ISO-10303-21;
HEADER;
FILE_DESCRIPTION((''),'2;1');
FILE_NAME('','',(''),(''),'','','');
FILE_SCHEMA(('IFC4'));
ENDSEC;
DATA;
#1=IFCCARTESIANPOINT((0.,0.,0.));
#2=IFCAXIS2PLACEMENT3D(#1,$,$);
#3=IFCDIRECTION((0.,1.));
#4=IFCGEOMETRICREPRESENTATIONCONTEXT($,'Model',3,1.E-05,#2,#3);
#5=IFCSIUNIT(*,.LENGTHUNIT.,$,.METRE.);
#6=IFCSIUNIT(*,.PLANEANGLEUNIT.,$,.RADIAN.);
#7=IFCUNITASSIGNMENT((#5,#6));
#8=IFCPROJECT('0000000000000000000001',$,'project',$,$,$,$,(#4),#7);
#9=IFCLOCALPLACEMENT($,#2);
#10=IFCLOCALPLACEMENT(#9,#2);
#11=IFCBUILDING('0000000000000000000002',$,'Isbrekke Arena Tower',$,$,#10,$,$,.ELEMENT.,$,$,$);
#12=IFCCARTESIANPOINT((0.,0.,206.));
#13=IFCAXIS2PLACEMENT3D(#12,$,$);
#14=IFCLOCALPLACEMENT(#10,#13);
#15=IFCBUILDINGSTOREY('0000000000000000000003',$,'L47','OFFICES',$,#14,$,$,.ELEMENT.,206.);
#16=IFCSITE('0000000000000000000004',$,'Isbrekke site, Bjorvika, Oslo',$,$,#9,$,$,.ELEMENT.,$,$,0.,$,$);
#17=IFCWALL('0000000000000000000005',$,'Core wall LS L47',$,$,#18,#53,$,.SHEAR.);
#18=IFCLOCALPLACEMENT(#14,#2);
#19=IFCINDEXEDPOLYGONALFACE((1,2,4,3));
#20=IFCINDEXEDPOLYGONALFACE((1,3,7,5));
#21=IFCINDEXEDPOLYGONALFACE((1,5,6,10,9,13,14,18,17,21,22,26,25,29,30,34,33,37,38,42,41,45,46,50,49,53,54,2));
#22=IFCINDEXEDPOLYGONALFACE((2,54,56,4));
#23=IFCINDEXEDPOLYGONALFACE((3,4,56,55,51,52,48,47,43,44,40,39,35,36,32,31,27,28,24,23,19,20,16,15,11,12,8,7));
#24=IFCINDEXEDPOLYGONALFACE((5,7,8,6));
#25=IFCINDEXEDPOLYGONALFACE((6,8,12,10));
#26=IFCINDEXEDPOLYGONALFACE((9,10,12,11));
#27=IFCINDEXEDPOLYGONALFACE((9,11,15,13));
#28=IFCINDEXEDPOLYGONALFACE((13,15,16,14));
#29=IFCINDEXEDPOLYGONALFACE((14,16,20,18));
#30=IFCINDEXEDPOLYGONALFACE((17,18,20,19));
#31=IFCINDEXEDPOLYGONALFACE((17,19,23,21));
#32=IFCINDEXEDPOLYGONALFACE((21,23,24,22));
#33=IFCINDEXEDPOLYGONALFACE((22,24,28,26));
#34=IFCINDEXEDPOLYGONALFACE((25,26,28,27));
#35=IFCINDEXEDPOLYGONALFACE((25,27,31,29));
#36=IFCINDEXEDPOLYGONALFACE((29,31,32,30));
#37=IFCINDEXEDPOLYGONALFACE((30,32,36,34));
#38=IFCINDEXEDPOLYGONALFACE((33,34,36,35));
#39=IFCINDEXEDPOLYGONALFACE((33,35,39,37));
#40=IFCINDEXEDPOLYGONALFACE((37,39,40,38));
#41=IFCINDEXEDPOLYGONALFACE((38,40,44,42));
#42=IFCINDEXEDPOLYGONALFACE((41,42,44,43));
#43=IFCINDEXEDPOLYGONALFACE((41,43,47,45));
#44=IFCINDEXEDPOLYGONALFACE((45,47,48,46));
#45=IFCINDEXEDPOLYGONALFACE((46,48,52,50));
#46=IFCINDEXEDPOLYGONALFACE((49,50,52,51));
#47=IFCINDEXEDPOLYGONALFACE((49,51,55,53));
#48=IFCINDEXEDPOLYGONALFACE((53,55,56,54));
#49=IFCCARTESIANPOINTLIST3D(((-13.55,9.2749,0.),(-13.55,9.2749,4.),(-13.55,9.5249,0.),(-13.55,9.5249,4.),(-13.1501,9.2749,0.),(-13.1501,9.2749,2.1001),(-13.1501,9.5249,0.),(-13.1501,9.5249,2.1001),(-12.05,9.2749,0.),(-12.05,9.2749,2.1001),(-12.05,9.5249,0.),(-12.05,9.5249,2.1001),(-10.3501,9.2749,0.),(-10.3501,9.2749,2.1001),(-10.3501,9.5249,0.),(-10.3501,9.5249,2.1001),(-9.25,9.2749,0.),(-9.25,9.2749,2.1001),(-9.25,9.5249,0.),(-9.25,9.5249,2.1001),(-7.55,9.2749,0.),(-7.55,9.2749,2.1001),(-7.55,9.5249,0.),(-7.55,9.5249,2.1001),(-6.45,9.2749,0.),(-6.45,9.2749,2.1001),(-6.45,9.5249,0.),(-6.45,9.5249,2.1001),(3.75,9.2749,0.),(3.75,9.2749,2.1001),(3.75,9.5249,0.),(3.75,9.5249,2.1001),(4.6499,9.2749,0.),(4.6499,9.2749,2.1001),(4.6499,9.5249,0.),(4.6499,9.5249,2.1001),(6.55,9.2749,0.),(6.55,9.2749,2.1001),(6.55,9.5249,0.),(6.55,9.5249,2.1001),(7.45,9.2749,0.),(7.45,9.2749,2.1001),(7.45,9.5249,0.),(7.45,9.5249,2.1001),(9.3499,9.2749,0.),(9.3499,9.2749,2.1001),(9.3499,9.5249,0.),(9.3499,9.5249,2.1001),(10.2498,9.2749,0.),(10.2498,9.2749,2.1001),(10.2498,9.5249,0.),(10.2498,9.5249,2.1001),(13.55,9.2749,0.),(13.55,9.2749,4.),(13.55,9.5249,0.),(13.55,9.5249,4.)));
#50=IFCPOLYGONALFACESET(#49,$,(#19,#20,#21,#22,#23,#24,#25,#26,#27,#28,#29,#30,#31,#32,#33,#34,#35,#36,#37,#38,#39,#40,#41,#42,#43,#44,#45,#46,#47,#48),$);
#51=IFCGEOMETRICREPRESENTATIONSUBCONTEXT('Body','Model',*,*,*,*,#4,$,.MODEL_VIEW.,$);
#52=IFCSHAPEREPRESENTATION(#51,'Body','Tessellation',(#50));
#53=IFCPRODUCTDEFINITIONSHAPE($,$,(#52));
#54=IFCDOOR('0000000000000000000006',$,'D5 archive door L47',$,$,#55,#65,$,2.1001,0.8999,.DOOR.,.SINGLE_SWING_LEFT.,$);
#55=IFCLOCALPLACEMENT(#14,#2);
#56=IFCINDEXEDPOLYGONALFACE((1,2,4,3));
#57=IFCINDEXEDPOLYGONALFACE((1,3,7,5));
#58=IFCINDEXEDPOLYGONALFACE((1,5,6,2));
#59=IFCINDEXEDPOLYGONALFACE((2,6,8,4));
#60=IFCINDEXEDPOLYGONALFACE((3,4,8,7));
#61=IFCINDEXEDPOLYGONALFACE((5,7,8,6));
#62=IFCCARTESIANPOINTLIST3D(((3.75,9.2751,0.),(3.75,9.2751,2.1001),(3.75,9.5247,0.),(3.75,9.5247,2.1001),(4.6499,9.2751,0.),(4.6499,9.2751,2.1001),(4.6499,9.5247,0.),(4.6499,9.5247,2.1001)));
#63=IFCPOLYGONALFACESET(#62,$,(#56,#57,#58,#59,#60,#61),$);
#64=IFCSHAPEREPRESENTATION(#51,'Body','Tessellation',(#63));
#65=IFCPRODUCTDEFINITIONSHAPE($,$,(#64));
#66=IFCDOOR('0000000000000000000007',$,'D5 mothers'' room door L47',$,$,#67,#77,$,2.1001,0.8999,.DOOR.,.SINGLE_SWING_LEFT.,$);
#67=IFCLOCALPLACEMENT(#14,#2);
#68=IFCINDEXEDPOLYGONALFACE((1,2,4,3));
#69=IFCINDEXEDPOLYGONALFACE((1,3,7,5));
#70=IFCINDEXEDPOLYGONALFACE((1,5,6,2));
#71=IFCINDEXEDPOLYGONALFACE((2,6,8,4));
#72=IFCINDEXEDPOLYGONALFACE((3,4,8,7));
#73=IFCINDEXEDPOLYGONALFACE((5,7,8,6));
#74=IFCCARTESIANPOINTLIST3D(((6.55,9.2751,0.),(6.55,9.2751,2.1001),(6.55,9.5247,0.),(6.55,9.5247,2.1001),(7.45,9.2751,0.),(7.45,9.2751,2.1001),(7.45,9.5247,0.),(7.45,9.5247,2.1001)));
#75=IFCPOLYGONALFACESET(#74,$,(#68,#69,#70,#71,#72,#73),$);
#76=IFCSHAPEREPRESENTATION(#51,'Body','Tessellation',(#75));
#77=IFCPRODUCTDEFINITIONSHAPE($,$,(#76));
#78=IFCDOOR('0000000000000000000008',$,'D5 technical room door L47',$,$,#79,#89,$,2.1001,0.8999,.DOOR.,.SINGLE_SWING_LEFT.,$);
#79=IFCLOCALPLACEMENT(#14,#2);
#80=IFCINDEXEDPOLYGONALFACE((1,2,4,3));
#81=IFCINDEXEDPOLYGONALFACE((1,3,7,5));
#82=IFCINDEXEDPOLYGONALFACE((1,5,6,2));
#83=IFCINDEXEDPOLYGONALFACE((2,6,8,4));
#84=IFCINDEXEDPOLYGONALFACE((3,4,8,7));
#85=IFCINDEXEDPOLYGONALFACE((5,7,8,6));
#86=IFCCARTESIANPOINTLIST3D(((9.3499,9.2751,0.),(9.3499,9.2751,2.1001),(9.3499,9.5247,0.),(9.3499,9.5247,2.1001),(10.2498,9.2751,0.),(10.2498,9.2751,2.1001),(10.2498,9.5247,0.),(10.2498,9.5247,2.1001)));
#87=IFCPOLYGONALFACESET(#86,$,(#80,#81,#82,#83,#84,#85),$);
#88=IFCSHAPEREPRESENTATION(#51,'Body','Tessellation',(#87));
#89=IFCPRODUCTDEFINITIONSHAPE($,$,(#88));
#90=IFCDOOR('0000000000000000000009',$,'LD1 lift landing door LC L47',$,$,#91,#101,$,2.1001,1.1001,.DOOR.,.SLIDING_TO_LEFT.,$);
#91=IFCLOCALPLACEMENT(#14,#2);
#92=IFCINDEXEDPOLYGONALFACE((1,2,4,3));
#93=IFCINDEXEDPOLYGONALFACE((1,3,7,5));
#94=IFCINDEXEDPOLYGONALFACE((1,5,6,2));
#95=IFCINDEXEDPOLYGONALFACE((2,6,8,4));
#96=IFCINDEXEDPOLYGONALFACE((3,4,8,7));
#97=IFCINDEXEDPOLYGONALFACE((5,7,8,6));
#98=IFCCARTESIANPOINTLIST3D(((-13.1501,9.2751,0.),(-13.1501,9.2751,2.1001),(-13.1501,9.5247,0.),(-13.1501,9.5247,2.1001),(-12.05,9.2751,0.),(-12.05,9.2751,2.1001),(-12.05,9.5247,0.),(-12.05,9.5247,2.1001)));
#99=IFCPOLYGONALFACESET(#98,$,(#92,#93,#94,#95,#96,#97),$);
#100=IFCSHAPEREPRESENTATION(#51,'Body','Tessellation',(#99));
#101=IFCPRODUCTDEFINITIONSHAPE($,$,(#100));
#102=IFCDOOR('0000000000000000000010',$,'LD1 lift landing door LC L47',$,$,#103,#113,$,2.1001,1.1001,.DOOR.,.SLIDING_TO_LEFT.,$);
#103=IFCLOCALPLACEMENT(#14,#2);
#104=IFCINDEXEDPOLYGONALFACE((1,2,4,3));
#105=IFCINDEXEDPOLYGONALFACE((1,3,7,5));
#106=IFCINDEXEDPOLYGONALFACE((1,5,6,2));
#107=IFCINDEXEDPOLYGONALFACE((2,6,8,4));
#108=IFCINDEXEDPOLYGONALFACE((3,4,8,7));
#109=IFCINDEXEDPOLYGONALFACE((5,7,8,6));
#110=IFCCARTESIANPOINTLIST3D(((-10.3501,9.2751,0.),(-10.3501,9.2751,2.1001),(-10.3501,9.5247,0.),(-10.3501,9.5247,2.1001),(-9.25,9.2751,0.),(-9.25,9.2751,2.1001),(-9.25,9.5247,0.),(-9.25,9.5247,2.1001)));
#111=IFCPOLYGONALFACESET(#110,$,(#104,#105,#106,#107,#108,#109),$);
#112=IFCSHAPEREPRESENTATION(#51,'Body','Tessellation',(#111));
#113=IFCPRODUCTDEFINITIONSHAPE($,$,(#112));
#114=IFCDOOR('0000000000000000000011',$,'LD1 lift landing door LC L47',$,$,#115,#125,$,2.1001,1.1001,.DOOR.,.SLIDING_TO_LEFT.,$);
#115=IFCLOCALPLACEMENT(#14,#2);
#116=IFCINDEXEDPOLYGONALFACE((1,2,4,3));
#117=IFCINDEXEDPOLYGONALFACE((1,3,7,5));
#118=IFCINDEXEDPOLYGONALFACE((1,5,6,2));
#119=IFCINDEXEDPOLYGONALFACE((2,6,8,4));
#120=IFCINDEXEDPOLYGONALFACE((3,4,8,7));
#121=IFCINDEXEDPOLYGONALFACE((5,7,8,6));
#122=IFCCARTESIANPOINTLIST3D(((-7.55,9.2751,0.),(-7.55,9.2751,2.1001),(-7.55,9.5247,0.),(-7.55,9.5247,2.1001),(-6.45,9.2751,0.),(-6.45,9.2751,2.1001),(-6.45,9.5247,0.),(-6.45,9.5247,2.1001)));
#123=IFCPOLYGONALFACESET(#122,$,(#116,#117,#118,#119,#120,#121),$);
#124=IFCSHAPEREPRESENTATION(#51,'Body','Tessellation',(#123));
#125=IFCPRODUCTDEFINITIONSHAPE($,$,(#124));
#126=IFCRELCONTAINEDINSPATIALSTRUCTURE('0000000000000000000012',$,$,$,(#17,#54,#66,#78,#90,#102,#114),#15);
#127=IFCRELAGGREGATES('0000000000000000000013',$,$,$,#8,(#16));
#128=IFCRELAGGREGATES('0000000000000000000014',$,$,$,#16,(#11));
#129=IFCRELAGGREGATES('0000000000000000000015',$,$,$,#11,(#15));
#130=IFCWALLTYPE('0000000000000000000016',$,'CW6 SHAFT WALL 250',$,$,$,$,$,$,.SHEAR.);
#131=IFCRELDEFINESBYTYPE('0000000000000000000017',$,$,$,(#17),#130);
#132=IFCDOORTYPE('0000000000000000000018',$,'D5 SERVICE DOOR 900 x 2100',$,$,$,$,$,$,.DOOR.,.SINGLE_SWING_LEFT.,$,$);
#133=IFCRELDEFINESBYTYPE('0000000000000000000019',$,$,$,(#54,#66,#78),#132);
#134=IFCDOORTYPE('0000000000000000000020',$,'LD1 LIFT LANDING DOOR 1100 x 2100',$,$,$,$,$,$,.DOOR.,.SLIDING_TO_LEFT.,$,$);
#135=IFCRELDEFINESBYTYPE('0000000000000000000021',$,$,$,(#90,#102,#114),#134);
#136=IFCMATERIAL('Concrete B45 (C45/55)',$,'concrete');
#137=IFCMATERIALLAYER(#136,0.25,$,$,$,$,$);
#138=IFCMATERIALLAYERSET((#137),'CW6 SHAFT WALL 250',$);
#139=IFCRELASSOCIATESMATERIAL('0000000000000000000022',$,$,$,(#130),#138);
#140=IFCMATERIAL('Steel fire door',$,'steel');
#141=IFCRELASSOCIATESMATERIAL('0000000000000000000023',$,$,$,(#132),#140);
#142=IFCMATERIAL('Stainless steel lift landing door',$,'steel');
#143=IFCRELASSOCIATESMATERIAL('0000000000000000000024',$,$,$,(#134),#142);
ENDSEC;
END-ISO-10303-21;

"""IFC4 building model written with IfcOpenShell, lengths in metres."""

from ifc_helpers import new_model, si_unit, direction, frame, frame_2d, origin, place, context, subcontext, project, spatial, rectangle, extrude, material, layer, layer_set, type_object, element, fill, save


model = new_model("IFC4")

# Units and contexts
model_context = context("Model", 3, precision=1e-05, world=origin(), true_north=direction((0.0, 1.0)))
body_context = subcontext(model_context, "Body", "Model", "MODEL_VIEW")
ifc_project = project(units=[si_unit("LENGTHUNIT", "METRE"), si_unit("PLANEANGLEUNIT", "RADIAN")], contexts=[model_context])

# Site, building, storey
site_placement = place(None, origin())
site = spatial("IfcSite", under=ifc_project, at=site_placement, Name="Isbrekke site, Bjorvika, Oslo", CompositionType="ELEMENT", RefElevation=0.0)
building_placement = place(site_placement, origin())
building = spatial("IfcBuilding", under=site, at=building_placement, Name="Isbrekke Arena Tower", CompositionType="ELEMENT")
storey_placement = place(building_placement, frame((0.0, 0.0, 206.0)))
storey = spatial("IfcBuildingStorey", under=building, at=storey_placement, Name="L47", Description="OFFICES", CompositionType="ELEMENT", Elevation=206.0)

# Wall, openings, doors
ifc_material_1 = material(Name="Concrete B45 (C45/55)", Category="concrete")
ifc_layer_1 = layer(ifc_material_1, 0.25)
ifc_layer_set_1 = layer_set([ifc_layer_1], Name="CW6 SHAFT WALL 250")
wall_type_1 = type_object("IfcWallType", Name="CW6 SHAFT WALL 250", PredefinedType="SHEAR", material=ifc_layer_set_1)
wall_1_placement = place(storey_placement, frame((-13.55, 9.3999, 0.0), z_axis=(0.0, 0.0, 1.0), x_axis=(1.0, 0.0, 0.0)))
wall_1 = element("IfcWall", 1, at=wall_1_placement, inside=storey, type_object=wall_type_1, Name="Core wall LS L47", PredefinedType="SHEAR", context=body_context, shape_type="SweptSolid", body=[
    extrude(rectangle(XDim=27.1001, YDim=0.25, at=frame_2d((13.55, 0.0))), origin(), (0.0, 0.0, 1.0), 4.0),
])
opening_1_placement = place(wall_1_placement, frame((0.3999, 0.0, 0.0)))
opening_1 = element("IfcOpeningElement", 2, at=opening_1_placement, cuts=wall_1, PredefinedType="OPENING", context=body_context, shape_type="SweptSolid", body=[
    extrude(rectangle(XDim=1.1001, YDim=2.1001, at=frame_2d((0.55, 1.05))), frame((0.0, 0.1399, 0.0), z_axis=(0.0, -1.0, 0.0), x_axis=(1.0, 0.0, 0.0)), (0.0, 0.0, 1.0), 0.2798),
])
opening_2_placement = place(wall_1_placement, frame((3.2, 0.0, 0.0)))
opening_2 = element("IfcOpeningElement", 3, at=opening_2_placement, cuts=wall_1, PredefinedType="OPENING", context=body_context, shape_type="SweptSolid", body=[
    extrude(rectangle(XDim=1.1001, YDim=2.1001, at=frame_2d((0.55, 1.05))), frame((0.0, 0.1399, 0.0), z_axis=(0.0, -1.0, 0.0), x_axis=(1.0, 0.0, 0.0)), (0.0, 0.0, 1.0), 0.2798),
])
opening_3_placement = place(wall_1_placement, frame((6.0, 0.0, 0.0)))
opening_3 = element("IfcOpeningElement", 4, at=opening_3_placement, cuts=wall_1, PredefinedType="OPENING", context=body_context, shape_type="SweptSolid", body=[
    extrude(rectangle(XDim=1.1001, YDim=2.1001, at=frame_2d((0.55, 1.05))), frame((0.0, 0.1399, 0.0), z_axis=(0.0, -1.0, 0.0), x_axis=(1.0, 0.0, 0.0)), (0.0, 0.0, 1.0), 0.2798),
])
opening_4_placement = place(wall_1_placement, frame((17.3, 0.0, 0.0)))
opening_4 = element("IfcOpeningElement", 5, at=opening_4_placement, cuts=wall_1, PredefinedType="OPENING", context=body_context, shape_type="SweptSolid", body=[
    extrude(rectangle(XDim=0.8999, YDim=2.1001, at=frame_2d((0.45, 1.05))), frame((0.0, 0.1399, 0.0), z_axis=(0.0, -1.0, 0.0), x_axis=(1.0, 0.0, 0.0)), (0.0, 0.0, 1.0), 0.2798),
])
opening_5_placement = place(wall_1_placement, frame((20.1001, 0.0, 0.0)))
opening_5 = element("IfcOpeningElement", 6, at=opening_5_placement, cuts=wall_1, PredefinedType="OPENING", context=body_context, shape_type="SweptSolid", body=[
    extrude(rectangle(XDim=0.8999, YDim=2.1001, at=frame_2d((0.45, 1.05))), frame((0.0, 0.1399, 0.0), z_axis=(0.0, -1.0, 0.0), x_axis=(1.0, 0.0, 0.0)), (0.0, 0.0, 1.0), 0.2798),
])
opening_6_placement = place(wall_1_placement, frame((22.8999, 0.0, 0.0)))
opening_6 = element("IfcOpeningElement", 7, at=opening_6_placement, cuts=wall_1, PredefinedType="OPENING", context=body_context, shape_type="SweptSolid", body=[
    extrude(rectangle(XDim=0.8999, YDim=2.1001, at=frame_2d((0.45, 1.05))), frame((0.0, 0.1399, 0.0), z_axis=(0.0, -1.0, 0.0), x_axis=(1.0, 0.0, 0.0)), (0.0, 0.0, 1.0), 0.2798),
])
ifc_material_2 = material(Name="Steel fire door", Category="steel")
door_type_1 = type_object("IfcDoorType", Name="D5 SERVICE DOOR 900 x 2100", OperationType="SINGLE_SWING_LEFT", PredefinedType="DOOR", material=ifc_material_2)
door_1_placement = place(opening_4_placement, origin())
door_1 = element("IfcDoor", 8, at=door_1_placement, inside=storey, type_object=door_type_1, Name="D5 archive door L47", OperationType="SINGLE_SWING_LEFT", OverallHeight=2.1001, OverallWidth=0.8999, PredefinedType="DOOR", context=body_context, shape_type="SweptSolid", body=[
    extrude(rectangle(XDim=0.8999, YDim=2.1001, at=frame_2d((0.45, 1.05))), frame((0.0, 0.1248, 0.0), z_axis=(0.0, -1.0, 0.0), x_axis=(1.0, 0.0, 0.0)), (0.0, 0.0, 1.0), 0.2495),
])
fill(opening_4, door_1)
door_2_placement = place(opening_5_placement, origin())
door_2 = element("IfcDoor", 9, at=door_2_placement, inside=storey, type_object=door_type_1, Name="D5 mothers' room door L47", OperationType="SINGLE_SWING_LEFT", OverallHeight=2.1001, OverallWidth=0.8999, PredefinedType="DOOR", context=body_context, shape_type="SweptSolid", body=[
    extrude(rectangle(XDim=0.8999, YDim=2.1001, at=frame_2d((0.45, 1.05))), frame((0.0, 0.1248, 0.0), z_axis=(0.0, -1.0, 0.0), x_axis=(1.0, 0.0, 0.0)), (0.0, 0.0, 1.0), 0.2495),
])
fill(opening_5, door_2)
door_3_placement = place(opening_6_placement, origin())
door_3 = element("IfcDoor", 10, at=door_3_placement, inside=storey, type_object=door_type_1, Name="D5 technical room door L47", OperationType="SINGLE_SWING_LEFT", OverallHeight=2.1001, OverallWidth=0.8999, PredefinedType="DOOR", context=body_context, shape_type="SweptSolid", body=[
    extrude(rectangle(XDim=0.8999, YDim=2.1001, at=frame_2d((0.45, 1.05))), frame((0.0, 0.1248, 0.0), z_axis=(0.0, -1.0, 0.0), x_axis=(1.0, 0.0, 0.0)), (0.0, 0.0, 1.0), 0.2495),
])
fill(opening_6, door_3)
ifc_material_3 = material(Name="Stainless steel lift landing door", Category="steel")
door_type_2 = type_object("IfcDoorType", Name="LD1 LIFT LANDING DOOR 1100 x 2100", OperationType="SLIDING_TO_LEFT", PredefinedType="DOOR", material=ifc_material_3)
door_4_placement = place(opening_1_placement, origin())
door_4 = element("IfcDoor", 11, at=door_4_placement, inside=storey, type_object=door_type_2, Name="LD1 lift landing door LC L47", OperationType="SLIDING_TO_LEFT", OverallHeight=2.1001, OverallWidth=1.1001, PredefinedType="DOOR", context=body_context, shape_type="SweptSolid", body=[
    extrude(rectangle(XDim=1.1001, YDim=2.1001, at=frame_2d((0.55, 1.05))), frame((0.0, 0.1248, 0.0), z_axis=(0.0, -1.0, 0.0), x_axis=(1.0, 0.0, 0.0)), (0.0, 0.0, 1.0), 0.2495),
])
fill(opening_1, door_4)
door_5_placement = place(opening_2_placement, origin())
door_5 = element("IfcDoor", 12, at=door_5_placement, inside=storey, type_object=door_type_2, Name="LD1 lift landing door LC L47", OperationType="SLIDING_TO_LEFT", OverallHeight=2.1001, OverallWidth=1.1001, PredefinedType="DOOR", context=body_context, shape_type="SweptSolid", body=[
    extrude(rectangle(XDim=1.1001, YDim=2.1001, at=frame_2d((0.55, 1.05))), frame((0.0, 0.1248, 0.0), z_axis=(0.0, -1.0, 0.0), x_axis=(1.0, 0.0, 0.0)), (0.0, 0.0, 1.0), 0.2495),
])
fill(opening_2, door_5)
door_6_placement = place(opening_3_placement, origin())
door_6 = element("IfcDoor", 13, at=door_6_placement, inside=storey, type_object=door_type_2, Name="LD1 lift landing door LC L47", OperationType="SLIDING_TO_LEFT", OverallHeight=2.1001, OverallWidth=1.1001, PredefinedType="DOOR", context=body_context, shape_type="SweptSolid", body=[
    extrude(rectangle(XDim=1.1001, YDim=2.1001, at=frame_2d((0.55, 1.05))), frame((0.0, 0.1248, 0.0), z_axis=(0.0, -1.0, 0.0), x_axis=(1.0, 0.0, 0.0)), (0.0, 0.0, 1.0), 0.2495),
])
fill(opening_3, door_6)

save(model, "model.ifc")
